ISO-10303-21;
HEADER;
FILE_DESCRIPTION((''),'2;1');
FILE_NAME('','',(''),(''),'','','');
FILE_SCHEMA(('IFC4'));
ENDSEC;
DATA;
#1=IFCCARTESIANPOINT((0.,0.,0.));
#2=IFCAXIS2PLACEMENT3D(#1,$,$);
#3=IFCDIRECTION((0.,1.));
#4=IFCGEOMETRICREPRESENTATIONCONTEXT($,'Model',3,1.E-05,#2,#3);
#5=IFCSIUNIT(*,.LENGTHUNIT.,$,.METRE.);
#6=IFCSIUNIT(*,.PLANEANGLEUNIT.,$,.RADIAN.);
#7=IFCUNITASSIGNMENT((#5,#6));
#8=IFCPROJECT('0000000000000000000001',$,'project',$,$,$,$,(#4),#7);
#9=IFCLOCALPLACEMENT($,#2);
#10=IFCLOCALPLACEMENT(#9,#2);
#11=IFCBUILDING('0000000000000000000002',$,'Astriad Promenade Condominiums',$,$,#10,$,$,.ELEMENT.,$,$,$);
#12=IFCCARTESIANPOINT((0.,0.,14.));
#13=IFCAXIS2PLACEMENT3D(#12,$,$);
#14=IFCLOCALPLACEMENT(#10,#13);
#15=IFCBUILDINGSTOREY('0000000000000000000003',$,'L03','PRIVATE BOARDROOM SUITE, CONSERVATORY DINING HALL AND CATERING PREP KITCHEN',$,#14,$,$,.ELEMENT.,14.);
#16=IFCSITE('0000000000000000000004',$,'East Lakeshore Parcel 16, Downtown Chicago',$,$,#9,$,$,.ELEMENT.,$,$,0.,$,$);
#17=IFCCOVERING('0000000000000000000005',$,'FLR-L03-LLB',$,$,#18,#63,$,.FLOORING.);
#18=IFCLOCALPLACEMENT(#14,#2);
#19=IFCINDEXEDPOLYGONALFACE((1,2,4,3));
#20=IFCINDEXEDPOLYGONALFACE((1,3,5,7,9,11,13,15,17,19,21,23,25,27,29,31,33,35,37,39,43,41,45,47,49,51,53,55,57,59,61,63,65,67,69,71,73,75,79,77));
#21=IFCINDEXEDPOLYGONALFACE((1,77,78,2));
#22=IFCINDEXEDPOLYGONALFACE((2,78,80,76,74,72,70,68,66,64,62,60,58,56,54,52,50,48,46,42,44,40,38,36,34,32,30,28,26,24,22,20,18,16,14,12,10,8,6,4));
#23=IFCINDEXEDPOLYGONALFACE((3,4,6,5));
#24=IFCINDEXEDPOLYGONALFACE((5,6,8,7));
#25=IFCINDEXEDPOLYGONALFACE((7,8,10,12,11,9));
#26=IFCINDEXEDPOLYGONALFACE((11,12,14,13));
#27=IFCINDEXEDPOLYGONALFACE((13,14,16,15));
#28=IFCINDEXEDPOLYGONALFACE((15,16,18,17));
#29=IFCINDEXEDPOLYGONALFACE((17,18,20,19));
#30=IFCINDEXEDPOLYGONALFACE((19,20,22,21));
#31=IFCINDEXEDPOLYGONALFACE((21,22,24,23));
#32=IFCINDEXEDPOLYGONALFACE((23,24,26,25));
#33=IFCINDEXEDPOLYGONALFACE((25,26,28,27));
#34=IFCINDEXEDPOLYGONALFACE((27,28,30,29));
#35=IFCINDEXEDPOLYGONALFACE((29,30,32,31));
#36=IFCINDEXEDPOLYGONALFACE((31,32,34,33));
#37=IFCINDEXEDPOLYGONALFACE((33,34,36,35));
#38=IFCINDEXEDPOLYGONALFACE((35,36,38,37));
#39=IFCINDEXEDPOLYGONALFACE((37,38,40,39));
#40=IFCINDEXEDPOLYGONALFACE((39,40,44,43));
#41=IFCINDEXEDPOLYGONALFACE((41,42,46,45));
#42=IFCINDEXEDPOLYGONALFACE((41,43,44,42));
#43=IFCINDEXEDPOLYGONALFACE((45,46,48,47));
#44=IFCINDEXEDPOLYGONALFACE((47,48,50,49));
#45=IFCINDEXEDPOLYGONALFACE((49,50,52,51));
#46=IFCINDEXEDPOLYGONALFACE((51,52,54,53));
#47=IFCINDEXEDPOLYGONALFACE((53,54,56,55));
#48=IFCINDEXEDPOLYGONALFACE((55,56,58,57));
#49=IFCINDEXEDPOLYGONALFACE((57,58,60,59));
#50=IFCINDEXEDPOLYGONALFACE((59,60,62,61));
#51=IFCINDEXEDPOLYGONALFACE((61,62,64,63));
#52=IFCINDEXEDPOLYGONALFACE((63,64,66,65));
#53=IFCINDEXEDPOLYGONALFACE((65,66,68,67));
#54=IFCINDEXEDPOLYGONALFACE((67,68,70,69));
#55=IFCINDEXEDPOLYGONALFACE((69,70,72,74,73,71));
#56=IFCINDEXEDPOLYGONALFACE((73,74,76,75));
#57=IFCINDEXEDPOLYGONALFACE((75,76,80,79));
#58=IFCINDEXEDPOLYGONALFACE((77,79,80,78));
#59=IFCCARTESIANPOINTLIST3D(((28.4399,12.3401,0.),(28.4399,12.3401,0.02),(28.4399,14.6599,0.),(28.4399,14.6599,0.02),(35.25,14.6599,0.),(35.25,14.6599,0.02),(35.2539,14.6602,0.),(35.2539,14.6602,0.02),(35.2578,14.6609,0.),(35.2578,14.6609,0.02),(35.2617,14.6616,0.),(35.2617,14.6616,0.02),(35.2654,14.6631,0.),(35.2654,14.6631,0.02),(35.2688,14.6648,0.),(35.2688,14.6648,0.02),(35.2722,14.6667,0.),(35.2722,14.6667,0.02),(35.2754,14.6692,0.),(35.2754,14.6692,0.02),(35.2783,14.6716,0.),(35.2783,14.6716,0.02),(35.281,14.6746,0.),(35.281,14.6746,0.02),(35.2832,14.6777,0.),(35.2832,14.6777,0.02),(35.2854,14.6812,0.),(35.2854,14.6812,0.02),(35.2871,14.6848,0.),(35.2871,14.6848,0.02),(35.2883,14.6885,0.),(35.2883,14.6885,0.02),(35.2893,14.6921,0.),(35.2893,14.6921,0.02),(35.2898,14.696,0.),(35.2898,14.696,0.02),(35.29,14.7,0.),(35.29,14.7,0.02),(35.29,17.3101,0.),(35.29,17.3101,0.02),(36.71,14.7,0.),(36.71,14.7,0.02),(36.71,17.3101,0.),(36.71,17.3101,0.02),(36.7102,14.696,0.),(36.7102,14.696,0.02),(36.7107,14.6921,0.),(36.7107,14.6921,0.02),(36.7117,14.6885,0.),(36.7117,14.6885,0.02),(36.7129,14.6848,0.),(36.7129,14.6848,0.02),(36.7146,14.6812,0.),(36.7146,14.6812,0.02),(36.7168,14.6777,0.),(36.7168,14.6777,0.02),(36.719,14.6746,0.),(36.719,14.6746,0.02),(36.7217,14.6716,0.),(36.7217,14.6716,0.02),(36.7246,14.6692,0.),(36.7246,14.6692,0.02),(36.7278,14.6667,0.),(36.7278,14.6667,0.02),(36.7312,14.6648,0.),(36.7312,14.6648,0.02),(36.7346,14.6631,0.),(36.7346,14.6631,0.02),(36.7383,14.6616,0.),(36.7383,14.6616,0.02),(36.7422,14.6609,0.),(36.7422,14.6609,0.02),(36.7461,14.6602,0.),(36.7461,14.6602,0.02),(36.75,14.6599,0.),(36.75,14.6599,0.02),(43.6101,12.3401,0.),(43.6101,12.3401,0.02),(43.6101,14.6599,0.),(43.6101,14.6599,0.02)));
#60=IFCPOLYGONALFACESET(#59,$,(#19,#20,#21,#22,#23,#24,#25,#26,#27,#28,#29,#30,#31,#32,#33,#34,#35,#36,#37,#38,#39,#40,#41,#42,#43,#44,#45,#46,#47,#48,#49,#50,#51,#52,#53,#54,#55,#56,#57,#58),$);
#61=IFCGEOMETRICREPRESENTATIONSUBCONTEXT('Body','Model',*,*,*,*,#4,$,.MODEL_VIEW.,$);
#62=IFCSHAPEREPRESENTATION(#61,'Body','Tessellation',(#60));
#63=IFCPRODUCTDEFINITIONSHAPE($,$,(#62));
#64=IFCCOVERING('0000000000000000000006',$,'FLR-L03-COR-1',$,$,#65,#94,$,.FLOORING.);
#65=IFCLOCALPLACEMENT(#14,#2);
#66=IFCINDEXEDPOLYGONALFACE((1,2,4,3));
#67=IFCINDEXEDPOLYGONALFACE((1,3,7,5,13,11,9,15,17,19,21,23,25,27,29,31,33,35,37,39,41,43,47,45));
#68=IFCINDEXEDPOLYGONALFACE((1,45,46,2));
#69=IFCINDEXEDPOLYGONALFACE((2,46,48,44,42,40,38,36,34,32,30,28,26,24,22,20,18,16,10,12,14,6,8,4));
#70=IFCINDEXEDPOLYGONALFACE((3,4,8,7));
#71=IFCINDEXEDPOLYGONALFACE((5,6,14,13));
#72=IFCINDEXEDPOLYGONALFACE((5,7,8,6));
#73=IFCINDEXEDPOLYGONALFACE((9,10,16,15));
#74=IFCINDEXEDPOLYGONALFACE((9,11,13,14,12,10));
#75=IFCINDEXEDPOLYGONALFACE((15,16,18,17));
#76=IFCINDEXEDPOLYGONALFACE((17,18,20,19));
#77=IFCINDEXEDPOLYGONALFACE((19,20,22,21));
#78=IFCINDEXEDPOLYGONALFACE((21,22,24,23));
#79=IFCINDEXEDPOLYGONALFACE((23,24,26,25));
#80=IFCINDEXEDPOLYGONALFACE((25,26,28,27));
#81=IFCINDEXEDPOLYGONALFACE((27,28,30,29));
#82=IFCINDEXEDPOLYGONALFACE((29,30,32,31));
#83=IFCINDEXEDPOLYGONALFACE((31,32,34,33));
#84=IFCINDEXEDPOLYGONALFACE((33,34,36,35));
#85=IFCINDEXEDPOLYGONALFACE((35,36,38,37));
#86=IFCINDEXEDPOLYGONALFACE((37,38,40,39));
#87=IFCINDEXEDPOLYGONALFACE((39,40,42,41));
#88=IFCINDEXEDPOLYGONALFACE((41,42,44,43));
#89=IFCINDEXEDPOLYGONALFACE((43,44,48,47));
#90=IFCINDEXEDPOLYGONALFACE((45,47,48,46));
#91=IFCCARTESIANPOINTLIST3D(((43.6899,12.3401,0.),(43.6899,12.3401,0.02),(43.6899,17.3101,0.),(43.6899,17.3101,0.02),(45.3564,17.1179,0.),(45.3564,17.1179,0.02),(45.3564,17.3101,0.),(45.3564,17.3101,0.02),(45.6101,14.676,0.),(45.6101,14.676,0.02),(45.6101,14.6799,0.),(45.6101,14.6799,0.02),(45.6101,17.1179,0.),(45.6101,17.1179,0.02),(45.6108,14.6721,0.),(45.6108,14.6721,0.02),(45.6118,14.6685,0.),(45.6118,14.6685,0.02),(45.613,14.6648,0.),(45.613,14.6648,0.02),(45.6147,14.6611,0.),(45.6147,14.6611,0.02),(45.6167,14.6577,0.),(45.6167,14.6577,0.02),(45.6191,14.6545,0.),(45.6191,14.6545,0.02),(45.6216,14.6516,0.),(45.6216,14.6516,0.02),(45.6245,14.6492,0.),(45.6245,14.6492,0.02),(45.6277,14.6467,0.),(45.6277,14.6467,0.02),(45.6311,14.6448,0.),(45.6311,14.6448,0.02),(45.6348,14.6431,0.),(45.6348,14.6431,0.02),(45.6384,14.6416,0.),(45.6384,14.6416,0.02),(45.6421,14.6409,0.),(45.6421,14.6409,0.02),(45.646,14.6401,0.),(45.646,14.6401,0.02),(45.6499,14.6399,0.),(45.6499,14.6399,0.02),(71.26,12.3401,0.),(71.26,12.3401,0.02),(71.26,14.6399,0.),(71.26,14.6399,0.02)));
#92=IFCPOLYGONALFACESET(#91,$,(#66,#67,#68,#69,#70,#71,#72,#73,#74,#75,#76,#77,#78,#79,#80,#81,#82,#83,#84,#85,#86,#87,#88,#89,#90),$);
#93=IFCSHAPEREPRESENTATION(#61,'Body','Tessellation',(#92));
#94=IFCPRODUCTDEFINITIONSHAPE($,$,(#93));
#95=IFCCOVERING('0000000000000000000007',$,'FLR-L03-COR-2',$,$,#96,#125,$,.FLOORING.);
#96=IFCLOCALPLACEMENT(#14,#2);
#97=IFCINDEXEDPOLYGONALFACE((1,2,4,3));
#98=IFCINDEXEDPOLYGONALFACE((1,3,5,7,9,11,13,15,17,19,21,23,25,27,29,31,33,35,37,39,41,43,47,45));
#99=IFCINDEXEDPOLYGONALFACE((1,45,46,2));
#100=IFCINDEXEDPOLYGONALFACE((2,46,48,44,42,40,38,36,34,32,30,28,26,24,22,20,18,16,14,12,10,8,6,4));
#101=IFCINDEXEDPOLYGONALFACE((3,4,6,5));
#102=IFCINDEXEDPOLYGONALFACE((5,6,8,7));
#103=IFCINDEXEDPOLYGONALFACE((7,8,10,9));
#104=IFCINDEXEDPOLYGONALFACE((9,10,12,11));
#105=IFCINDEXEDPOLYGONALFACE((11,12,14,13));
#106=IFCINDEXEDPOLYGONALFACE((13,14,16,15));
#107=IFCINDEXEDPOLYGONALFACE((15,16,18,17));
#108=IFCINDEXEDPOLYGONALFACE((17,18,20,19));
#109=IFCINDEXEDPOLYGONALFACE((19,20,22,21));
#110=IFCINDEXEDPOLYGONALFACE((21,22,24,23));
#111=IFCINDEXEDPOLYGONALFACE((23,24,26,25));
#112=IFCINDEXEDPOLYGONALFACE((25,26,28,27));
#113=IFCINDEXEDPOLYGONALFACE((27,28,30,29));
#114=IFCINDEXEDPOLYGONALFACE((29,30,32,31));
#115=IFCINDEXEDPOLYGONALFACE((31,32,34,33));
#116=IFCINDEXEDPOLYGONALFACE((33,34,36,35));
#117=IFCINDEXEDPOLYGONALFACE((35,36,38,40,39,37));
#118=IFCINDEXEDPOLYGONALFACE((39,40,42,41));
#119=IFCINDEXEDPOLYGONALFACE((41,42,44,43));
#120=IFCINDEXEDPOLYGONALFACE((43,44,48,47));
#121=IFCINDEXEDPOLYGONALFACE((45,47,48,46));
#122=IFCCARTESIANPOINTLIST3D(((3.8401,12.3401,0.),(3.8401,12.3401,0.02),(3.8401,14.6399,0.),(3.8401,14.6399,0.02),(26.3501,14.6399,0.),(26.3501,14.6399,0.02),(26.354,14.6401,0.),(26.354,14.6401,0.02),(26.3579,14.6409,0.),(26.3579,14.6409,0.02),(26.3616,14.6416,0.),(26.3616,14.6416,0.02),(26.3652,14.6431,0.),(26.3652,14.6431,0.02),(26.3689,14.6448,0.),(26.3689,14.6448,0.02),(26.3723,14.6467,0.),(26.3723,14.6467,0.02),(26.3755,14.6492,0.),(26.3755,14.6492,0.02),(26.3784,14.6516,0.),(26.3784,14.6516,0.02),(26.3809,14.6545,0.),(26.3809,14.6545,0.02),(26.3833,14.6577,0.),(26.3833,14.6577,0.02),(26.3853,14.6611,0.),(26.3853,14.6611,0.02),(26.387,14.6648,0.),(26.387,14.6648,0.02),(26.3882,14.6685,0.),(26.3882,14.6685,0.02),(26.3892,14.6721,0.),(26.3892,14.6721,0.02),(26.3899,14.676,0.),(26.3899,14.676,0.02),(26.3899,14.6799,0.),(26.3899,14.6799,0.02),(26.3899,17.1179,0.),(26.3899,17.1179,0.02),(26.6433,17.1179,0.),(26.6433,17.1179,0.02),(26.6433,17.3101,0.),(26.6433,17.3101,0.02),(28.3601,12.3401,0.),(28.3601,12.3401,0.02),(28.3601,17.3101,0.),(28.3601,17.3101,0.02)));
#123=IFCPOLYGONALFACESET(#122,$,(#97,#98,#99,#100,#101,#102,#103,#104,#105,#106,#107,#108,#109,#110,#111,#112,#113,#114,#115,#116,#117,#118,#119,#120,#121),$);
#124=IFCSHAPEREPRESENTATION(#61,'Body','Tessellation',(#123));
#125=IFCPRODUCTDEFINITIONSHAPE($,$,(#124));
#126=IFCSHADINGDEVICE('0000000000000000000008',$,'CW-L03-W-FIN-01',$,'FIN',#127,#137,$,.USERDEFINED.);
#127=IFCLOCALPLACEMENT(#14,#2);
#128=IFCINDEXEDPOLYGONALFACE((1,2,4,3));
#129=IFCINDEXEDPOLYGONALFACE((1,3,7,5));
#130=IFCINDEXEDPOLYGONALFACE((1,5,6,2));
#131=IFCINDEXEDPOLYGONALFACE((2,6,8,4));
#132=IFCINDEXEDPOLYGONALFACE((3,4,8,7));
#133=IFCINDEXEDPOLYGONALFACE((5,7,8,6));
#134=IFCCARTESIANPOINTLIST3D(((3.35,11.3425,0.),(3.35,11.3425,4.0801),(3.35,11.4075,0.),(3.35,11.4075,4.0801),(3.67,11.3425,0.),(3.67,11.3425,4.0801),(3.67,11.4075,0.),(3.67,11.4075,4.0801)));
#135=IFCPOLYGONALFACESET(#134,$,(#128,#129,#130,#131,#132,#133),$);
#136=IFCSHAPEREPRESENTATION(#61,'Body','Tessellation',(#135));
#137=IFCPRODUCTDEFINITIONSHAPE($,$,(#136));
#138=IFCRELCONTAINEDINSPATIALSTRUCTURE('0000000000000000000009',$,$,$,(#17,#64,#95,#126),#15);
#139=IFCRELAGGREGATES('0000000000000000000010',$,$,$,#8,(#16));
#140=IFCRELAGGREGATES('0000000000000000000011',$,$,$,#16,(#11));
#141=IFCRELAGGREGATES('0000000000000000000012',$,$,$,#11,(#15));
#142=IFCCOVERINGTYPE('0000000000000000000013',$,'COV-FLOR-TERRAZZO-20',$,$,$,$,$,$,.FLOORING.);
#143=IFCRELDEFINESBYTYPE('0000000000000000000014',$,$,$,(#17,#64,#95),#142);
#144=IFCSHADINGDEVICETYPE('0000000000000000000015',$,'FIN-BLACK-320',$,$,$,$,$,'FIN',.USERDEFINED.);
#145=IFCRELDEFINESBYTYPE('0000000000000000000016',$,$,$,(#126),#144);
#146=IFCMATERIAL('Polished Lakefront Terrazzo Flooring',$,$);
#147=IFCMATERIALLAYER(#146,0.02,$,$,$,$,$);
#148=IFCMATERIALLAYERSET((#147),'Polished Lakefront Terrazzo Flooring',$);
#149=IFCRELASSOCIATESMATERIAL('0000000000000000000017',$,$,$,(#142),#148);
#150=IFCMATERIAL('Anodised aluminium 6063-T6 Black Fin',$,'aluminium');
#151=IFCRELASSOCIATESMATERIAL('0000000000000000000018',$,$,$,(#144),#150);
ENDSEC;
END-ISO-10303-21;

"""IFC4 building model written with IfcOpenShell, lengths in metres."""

from ifc_helpers import new_model, si_unit, direction, frame, origin, origin_2d, place, context, subcontext, project, spatial, polyline, rectangle, outline, extrude, source, transform, mapped, material, layer, layer_set, type_object, type_shapes, element, save


model = new_model("IFC4")

# Units and contexts
model_context = context("Model", 3, precision=1e-05, world=origin(), true_north=direction((0.0, 1.0)))
body_context = subcontext(model_context, "Body", "Model", "MODEL_VIEW")
ifc_project = project(units=[si_unit("LENGTHUNIT", "METRE"), si_unit("PLANEANGLEUNIT", "RADIAN")], contexts=[model_context])

# Site, building, storey
site_placement = place(None, origin())
site = spatial("IfcSite", under=ifc_project, at=site_placement, Name="East Lakeshore Parcel 16, Downtown Chicago", CompositionType="ELEMENT", RefElevation=0.0)
building_placement = place(site_placement, origin())
building = spatial("IfcBuilding", under=site, at=building_placement, Name="Astriad Promenade Condominiums", CompositionType="ELEMENT")
storey_placement = place(building_placement, frame((0.0, 0.0, 14.0)))
storey = spatial("IfcBuildingStorey", under=building, at=storey_placement, Name="L03", Description="PRIVATE BOARDROOM SUITE, CONSERVATORY DINING HALL AND CATERING PREP KITCHEN", CompositionType="ELEMENT", Elevation=14.0)

# Coverings
ifc_material_1 = material(Name="Polished Lakefront Terrazzo Flooring")
ifc_layer_1 = layer(ifc_material_1, 0.02)
ifc_layer_set_1 = layer_set([ifc_layer_1], Name="Polished Lakefront Terrazzo Flooring")
covering_type_1 = type_object("IfcCoveringType", Name="COV-FLOR-TERRAZZO-20", PredefinedType="FLOORING", material=ifc_layer_set_1)
covering_1_placement = place(storey_placement, origin())
element("IfcCovering", 1, at=covering_1_placement, inside=storey, type_object=covering_type_1, Name="FLR-L03-LLB", PredefinedType="FLOORING", context=body_context, shape_type="SweptSolid", body=[
    extrude(outline(polyline([(43.6101, 14.6599), (43.6101, 12.3401), (28.4399, 12.3401), (28.4399, 14.6599), (35.25, 14.6599), (35.2539, 14.6602), (35.2578, 14.6609), (35.2617, 14.6616), (35.2654, 14.6631), (35.2688, 14.6648), (35.2722, 14.6667), (35.2754, 14.6692), (35.2783, 14.6716), (35.281, 14.6746), (35.2832, 14.6777), (35.2854, 14.6812), (35.2871, 14.6848), (35.2883, 14.6885), (35.2893, 14.6921), (35.2898, 14.696), (35.29, 14.7), (35.29, 17.3101), (36.71, 17.3101), (36.71, 14.7), (36.7102, 14.696), (36.7107, 14.6921), (36.7117, 14.6885), (36.7129, 14.6848), (36.7146, 14.6812), (36.7168, 14.6777), (36.719, 14.6746), (36.7217, 14.6716), (36.7246, 14.6692), (36.7278, 14.6667), (36.7312, 14.6648), (36.7346, 14.6631), (36.7383, 14.6616), (36.7422, 14.6609), (36.7461, 14.6602), (36.75, 14.6599), (43.6101, 14.6599)])), origin(), (0.0, 0.0, 1.0), 0.02),
])
covering_2_placement = place(storey_placement, origin())
element("IfcCovering", 2, at=covering_2_placement, inside=storey, type_object=covering_type_1, Name="FLR-L03-COR-1", PredefinedType="FLOORING", context=body_context, shape_type="SweptSolid", body=[
    extrude(outline(polyline([(43.6899, 12.3401), (43.6899, 17.3101), (45.3564, 17.3101), (45.3564, 17.1179), (45.6101, 17.1179), (45.6101, 14.6799), (45.6101, 14.676), (45.6108, 14.6721), (45.6118, 14.6685), (45.613, 14.6648), (45.6147, 14.6611), (45.6167, 14.6577), (45.6191, 14.6545), (45.6216, 14.6516), (45.6245, 14.6492), (45.6277, 14.6467), (45.6311, 14.6448), (45.6348, 14.6431), (45.6384, 14.6416), (45.6421, 14.6409), (45.646, 14.6401), (45.6499, 14.6399), (71.26, 14.6399), (71.26, 12.3401), (43.6899, 12.3401)])), origin(), (0.0, 0.0, 1.0), 0.02),
])
covering_3_placement = place(storey_placement, origin())
element("IfcCovering", 3, at=covering_3_placement, inside=storey, type_object=covering_type_1, Name="FLR-L03-COR-2", PredefinedType="FLOORING", context=body_context, shape_type="SweptSolid", body=[
    extrude(outline(polyline([(3.8401, 12.3401), (3.8401, 14.6399), (26.3501, 14.6399), (26.354, 14.6401), (26.3579, 14.6409), (26.3616, 14.6416), (26.3652, 14.6431), (26.3689, 14.6448), (26.3723, 14.6467), (26.3755, 14.6492), (26.3784, 14.6516), (26.3809, 14.6545), (26.3833, 14.6577), (26.3853, 14.6611), (26.387, 14.6648), (26.3882, 14.6685), (26.3892, 14.6721), (26.3899, 14.676), (26.3899, 14.6799), (26.3899, 17.1179), (26.6433, 17.1179), (26.6433, 17.3101), (28.3601, 17.3101), (28.3601, 12.3401), (3.8401, 12.3401)])), origin(), (0.0, 0.0, 1.0), 0.02),
])

# Shading device
ifc_material_2 = material(Name="Anodised aluminium 6063-T6 Black Fin", Category="aluminium")
shading_device_type = type_object("IfcShadingDeviceType", Name="FIN-BLACK-320", ElementType="FIN", PredefinedType="USERDEFINED", material=ifc_material_2)
shared_shape_1 = source(origin(), body_context, "Body", "SweptSolid", [
    extrude(rectangle(XDim=0.0649, YDim=0.3201, at=origin_2d()), origin(), (0.0, 0.0, 1.0), 4.0801),
])
type_shapes(shading_device_type, [shared_shape_1])
shading_device_placement = place(storey_placement, frame((3.51, 11.375, 0.0), z_axis=(0.0, 0.0, 1.0), x_axis=(0.0, 1.0, 0.0)))
element("IfcShadingDevice", 4, at=shading_device_placement, inside=storey, type_object=shading_device_type, Name="CW-L03-W-FIN-01", ObjectType="FIN", PredefinedType="USERDEFINED", context=body_context, shape_type="MappedRepresentation", body=[
    mapped(shared_shape_1, transform((0.0, 0.0, 0.0), scale=1.0)),
])

save(model, "model.ifc")
